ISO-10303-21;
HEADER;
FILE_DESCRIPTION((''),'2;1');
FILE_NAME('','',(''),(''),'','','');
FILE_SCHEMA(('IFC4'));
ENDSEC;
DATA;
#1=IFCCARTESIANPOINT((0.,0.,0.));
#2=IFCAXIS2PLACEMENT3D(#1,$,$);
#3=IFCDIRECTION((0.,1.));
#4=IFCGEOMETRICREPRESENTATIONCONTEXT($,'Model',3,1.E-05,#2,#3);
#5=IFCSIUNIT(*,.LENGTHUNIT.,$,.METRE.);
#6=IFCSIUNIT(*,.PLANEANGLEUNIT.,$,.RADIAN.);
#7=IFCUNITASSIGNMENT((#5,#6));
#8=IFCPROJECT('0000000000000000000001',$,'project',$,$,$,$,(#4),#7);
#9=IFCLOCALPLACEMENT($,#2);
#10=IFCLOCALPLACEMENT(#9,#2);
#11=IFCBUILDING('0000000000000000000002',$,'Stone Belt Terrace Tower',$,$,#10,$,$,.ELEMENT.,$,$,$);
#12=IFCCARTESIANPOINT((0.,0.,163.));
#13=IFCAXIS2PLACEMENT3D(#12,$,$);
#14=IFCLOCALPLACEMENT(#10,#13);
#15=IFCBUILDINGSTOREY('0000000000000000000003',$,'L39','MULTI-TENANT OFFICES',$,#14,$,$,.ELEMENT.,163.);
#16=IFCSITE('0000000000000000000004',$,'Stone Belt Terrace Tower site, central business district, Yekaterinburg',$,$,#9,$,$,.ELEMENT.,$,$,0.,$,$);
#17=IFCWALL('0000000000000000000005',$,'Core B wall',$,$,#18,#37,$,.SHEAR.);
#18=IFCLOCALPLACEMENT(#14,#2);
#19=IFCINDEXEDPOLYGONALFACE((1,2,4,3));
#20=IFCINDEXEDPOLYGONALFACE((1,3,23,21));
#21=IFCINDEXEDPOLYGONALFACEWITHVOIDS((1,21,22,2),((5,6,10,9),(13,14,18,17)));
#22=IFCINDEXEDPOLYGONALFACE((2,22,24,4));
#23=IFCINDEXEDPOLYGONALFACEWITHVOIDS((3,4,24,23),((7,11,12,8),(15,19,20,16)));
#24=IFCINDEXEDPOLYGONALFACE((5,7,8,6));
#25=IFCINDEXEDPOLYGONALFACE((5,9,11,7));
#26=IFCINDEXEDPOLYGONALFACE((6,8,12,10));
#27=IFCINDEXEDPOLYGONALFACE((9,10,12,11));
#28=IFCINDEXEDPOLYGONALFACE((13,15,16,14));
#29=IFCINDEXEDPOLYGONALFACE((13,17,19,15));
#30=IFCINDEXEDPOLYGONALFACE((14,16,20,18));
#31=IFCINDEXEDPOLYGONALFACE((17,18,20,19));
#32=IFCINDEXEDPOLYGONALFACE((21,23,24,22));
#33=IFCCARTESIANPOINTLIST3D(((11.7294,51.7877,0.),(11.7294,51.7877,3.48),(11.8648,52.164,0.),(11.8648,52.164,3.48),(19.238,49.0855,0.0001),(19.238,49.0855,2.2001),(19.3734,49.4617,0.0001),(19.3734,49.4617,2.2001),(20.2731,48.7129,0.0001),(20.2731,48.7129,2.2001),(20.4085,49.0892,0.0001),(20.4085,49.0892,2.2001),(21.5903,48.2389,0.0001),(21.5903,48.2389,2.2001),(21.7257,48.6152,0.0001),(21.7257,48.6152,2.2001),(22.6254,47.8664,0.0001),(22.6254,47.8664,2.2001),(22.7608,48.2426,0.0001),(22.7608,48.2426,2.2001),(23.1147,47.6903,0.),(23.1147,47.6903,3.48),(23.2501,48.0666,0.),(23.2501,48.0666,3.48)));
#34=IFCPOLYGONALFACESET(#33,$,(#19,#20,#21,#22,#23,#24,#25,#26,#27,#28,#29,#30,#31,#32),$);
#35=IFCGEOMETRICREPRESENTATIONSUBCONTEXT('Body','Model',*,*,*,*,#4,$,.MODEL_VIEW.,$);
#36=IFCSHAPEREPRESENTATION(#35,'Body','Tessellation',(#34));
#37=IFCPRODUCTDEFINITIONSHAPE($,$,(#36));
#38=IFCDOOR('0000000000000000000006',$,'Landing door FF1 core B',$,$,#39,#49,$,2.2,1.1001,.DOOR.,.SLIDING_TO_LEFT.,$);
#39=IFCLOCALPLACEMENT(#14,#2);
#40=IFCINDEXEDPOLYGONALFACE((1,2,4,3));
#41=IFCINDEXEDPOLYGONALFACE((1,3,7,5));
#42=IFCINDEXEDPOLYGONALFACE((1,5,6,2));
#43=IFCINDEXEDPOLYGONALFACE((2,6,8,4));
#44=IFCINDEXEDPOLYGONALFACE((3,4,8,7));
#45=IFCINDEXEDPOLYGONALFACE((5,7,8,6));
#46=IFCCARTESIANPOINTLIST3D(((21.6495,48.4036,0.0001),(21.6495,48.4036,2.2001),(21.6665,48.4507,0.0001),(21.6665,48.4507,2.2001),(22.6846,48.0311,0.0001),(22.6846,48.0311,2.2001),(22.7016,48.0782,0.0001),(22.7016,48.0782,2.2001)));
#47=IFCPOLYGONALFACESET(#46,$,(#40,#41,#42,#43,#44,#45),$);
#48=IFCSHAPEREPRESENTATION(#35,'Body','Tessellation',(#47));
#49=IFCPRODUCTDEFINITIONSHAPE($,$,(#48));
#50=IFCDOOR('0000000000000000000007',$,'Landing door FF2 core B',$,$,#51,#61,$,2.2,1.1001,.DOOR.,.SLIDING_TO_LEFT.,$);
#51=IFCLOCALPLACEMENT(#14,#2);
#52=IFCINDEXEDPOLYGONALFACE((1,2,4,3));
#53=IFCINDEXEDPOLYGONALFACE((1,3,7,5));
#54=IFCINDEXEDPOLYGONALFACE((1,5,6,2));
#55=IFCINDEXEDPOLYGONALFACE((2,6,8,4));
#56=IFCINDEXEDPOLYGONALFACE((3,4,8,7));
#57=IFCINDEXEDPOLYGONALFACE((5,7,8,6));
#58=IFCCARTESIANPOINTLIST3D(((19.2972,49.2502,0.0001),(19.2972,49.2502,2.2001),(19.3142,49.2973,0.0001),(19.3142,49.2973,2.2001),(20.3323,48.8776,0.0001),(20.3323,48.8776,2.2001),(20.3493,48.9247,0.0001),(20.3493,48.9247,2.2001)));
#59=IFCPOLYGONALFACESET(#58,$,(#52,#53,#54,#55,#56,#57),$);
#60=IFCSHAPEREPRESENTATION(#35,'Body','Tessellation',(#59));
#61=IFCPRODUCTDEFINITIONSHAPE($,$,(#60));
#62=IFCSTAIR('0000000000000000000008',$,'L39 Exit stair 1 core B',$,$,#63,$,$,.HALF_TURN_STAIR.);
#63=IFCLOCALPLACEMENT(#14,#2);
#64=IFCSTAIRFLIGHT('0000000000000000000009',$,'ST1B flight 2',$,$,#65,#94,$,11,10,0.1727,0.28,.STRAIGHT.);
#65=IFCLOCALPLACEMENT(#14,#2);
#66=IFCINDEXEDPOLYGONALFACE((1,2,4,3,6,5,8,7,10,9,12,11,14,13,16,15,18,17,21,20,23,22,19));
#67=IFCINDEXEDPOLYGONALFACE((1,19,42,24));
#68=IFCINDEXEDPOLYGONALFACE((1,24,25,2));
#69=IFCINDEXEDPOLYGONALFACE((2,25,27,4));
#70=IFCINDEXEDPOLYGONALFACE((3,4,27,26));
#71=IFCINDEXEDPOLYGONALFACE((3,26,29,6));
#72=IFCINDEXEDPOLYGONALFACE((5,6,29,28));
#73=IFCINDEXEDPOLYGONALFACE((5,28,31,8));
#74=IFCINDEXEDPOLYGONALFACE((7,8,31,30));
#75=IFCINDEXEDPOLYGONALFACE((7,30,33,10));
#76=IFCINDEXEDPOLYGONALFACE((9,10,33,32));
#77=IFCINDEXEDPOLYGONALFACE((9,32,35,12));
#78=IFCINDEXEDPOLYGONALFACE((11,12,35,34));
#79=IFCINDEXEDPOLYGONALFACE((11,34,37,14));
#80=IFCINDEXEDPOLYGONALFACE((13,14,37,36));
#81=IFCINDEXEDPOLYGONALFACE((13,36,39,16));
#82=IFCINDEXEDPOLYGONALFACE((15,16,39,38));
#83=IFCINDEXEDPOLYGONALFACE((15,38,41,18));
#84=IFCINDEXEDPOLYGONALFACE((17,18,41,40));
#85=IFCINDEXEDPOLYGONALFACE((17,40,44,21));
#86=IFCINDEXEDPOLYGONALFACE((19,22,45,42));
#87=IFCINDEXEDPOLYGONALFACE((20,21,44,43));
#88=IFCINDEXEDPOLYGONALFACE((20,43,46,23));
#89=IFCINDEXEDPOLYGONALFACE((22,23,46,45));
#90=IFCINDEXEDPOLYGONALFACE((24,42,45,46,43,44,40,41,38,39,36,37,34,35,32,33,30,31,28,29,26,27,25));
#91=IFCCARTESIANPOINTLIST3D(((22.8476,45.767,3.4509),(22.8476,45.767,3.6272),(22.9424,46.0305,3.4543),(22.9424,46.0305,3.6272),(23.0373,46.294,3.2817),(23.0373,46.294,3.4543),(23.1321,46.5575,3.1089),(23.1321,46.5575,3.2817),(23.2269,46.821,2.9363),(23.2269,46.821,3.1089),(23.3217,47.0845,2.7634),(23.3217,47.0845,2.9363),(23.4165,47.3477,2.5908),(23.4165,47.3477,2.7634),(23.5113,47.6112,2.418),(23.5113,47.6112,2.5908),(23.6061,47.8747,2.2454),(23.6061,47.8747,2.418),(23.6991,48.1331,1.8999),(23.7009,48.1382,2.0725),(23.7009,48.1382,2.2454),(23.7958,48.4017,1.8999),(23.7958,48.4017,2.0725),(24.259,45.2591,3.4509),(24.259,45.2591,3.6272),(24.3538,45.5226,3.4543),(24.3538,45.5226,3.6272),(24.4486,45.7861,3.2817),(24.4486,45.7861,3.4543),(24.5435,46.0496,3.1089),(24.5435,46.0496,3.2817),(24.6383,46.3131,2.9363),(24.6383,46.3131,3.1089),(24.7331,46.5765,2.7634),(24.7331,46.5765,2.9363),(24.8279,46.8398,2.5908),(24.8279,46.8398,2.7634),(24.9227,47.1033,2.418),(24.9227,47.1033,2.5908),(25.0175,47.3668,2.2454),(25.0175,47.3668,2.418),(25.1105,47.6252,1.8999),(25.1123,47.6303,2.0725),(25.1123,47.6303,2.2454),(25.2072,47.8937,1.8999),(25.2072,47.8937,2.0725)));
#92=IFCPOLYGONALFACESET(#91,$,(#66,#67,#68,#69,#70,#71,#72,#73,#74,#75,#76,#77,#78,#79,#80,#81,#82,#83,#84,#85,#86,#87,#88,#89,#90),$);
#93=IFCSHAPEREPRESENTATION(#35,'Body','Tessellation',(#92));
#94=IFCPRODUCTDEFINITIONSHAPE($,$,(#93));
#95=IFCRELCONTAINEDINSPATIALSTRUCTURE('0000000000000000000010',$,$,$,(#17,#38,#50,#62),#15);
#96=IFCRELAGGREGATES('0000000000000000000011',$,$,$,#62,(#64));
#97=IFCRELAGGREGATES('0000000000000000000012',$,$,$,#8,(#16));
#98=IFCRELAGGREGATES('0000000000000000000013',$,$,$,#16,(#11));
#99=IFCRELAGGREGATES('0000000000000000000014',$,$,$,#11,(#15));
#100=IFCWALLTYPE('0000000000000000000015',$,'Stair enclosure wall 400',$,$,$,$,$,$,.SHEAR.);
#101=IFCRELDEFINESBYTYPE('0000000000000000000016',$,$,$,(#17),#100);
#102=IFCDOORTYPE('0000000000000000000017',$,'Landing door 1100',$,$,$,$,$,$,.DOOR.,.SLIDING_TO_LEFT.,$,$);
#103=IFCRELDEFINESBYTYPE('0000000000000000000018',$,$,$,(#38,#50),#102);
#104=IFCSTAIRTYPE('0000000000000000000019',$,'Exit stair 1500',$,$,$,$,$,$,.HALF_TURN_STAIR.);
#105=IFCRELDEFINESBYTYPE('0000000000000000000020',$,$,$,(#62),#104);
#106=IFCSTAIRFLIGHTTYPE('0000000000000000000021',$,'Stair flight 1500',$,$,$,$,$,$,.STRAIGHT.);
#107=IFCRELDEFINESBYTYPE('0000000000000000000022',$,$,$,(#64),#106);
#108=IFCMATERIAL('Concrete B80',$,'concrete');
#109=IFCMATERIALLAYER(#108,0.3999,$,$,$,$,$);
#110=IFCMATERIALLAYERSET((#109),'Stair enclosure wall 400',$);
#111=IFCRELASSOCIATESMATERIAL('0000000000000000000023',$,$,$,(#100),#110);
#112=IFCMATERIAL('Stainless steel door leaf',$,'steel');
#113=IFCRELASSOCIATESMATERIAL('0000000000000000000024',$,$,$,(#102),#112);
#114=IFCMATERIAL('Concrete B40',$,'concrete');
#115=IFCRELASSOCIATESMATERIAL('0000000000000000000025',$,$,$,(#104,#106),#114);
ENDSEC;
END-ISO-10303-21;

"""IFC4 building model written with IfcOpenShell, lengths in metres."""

from ifc_helpers import new_model, si_unit, direction, frame, frame_2d, origin, place, context, subcontext, project, spatial, polyline, rectangle, outline, extrude, material, layer, layer_set, type_object, element, fill, aggregate, save


model = new_model("IFC4")

# Units and contexts
model_context = context("Model", 3, precision=1e-05, world=origin(), true_north=direction((0.0, 1.0)))
body_context = subcontext(model_context, "Body", "Model", "MODEL_VIEW")
ifc_project = project(units=[si_unit("LENGTHUNIT", "METRE"), si_unit("PLANEANGLEUNIT", "RADIAN")], contexts=[model_context])

# Site, building, storey
site_placement = place(None, origin())
site = spatial("IfcSite", under=ifc_project, at=site_placement, Name="Stone Belt Terrace Tower site, central business district, Yekaterinburg", CompositionType="ELEMENT", RefElevation=0.0)
building_placement = place(site_placement, origin())
building = spatial("IfcBuilding", under=site, at=building_placement, Name="Stone Belt Terrace Tower", CompositionType="ELEMENT")
storey_placement = place(building_placement, frame((0.0, 0.0, 163.0)))
storey = spatial("IfcBuildingStorey", under=building, at=storey_placement, Name="L39", Description="MULTI-TENANT OFFICES", CompositionType="ELEMENT", Elevation=163.0)

# Shared definitions
ifc_material_1 = material(Name="Concrete B80", Category="concrete")

# Shared definitions
ifc_layer_1 = layer(ifc_material_1, 0.3999)
ifc_layer_set_1 = layer_set([ifc_layer_1], Name="Stair enclosure wall 400")
wall_type_1 = type_object("IfcWallType", Name="Stair enclosure wall 400", PredefinedType="SHEAR", material=ifc_layer_set_1)

# Wall, openings, doors
wall_1_placement = place(storey_placement, frame((23.1824, 47.8784, 0.0), z_axis=(0.0, 0.0, 1.0), x_axis=(-0.940921, 0.338626, 0.0)))
wall_1 = element("IfcWall", 1, at=wall_1_placement, inside=storey, type_object=wall_type_1, Name="Core B wall", PredefinedType="SHEAR", context=body_context, shape_type="SweptSolid", body=[
    extrude(rectangle(XDim=12.1001, YDim=0.3999, at=frame_2d((6.05, 0.0))), origin(), (0.0, 0.0, 1.0), 3.48),
])
opening_1_placement = place(wall_1_placement, frame((0.52, 0.0, 0.0)))
opening_1 = element("IfcOpeningElement", 2, at=opening_1_placement, cuts=wall_1, PredefinedType="OPENING", context=body_context, shape_type="SweptSolid", body=[
    extrude(rectangle(XDim=1.1001, YDim=2.2, at=frame_2d((0.55, 1.1001))), frame((0.0, 0.21, 0.0), z_axis=(0.0, -1.0, 0.0), x_axis=(1.0, 0.0, 0.0)), (0.0, 0.0, 1.0), 0.4199),
])
opening_2_placement = place(wall_1_placement, frame((3.02, 0.0, 0.0)))
opening_2 = element("IfcOpeningElement", 3, at=opening_2_placement, cuts=wall_1, PredefinedType="OPENING", context=body_context, shape_type="SweptSolid", body=[
    extrude(rectangle(XDim=1.1001, YDim=2.2, at=frame_2d((0.55, 1.1001))), frame((0.0, 0.21, 0.0), z_axis=(0.0, -1.0, 0.0), x_axis=(1.0, 0.0, 0.0)), (0.0, 0.0, 1.0), 0.4199),
])
ifc_material_2 = material(Name="Stainless steel door leaf", Category="steel")
door_type_1 = type_object("IfcDoorType", Name="Landing door 1100", OperationType="SLIDING_TO_LEFT", PredefinedType="DOOR", material=ifc_material_2)
door_1_placement = place(opening_1_placement, origin())
door_1 = element("IfcDoor", 4, at=door_1_placement, inside=storey, type_object=door_type_1, Name="Landing door FF1 core B", OperationType="SLIDING_TO_LEFT", OverallHeight=2.2, OverallWidth=1.1001, PredefinedType="DOOR", context=body_context, shape_type="SweptSolid", body=[
    extrude(rectangle(XDim=1.1001, YDim=2.2, at=frame_2d((0.55, 1.1001))), frame((0.0, 0.0249, 0.0), z_axis=(0.0, -1.0, 0.0), x_axis=(1.0, 0.0, 0.0)), (0.0, 0.0, 1.0), 0.05),
])
fill(opening_1, door_1)
door_2_placement = place(opening_2_placement, origin())
door_2 = element("IfcDoor", 5, at=door_2_placement, inside=storey, type_object=door_type_1, Name="Landing door FF2 core B", OperationType="SLIDING_TO_LEFT", OverallHeight=2.2, OverallWidth=1.1001, PredefinedType="DOOR", context=body_context, shape_type="SweptSolid", body=[
    extrude(rectangle(XDim=1.1001, YDim=2.2, at=frame_2d((0.55, 1.1001))), frame((0.0, 0.0249, 0.0), z_axis=(0.0, -1.0, 0.0), x_axis=(1.0, 0.0, 0.0)), (0.0, 0.0, 1.0), 0.05),
])
fill(opening_2, door_2)

# Stair, stair flight
ifc_material_3 = material(Name="Concrete B40", Category="concrete")
stair_type = type_object("IfcStairType", Name="Exit stair 1500", PredefinedType="HALF_TURN_STAIR", material=ifc_material_3)
stair_placement = place(storey_placement, origin())
stair = element("IfcStair", 6, at=stair_placement, inside=storey, type_object=stair_type, Name="L39 Exit stair 1 core B", PredefinedType="HALF_TURN_STAIR")
stair_flight_type = type_object("IfcStairFlightType", Name="Stair flight 1500", PredefinedType="STRAIGHT", material=ifc_material_3)
stair_flight_placement = place(storey_placement, frame((24.5015, 48.1477, 1.8999), z_axis=(0.0, 0.0, 1.0), x_axis=(-0.338624, -0.940922, 0.0)))
stair_flight = element("IfcStairFlight", 7, at=stair_flight_placement, type_object=stair_flight_type, Name="ST1B flight 2", NumberOfRisers=11, NumberOfTreads=10, PredefinedType="STRAIGHT", RiserHeight=0.1727, TreadLength=0.28, context=body_context, shape_type="SweptSolid", body=[
    extrude(outline(polyline([(0.0, 0.0), (0.0, 0.1726), (0.28, 0.1726), (0.28, 0.3455), (0.5601, 0.3455), (0.5601, 0.5181), (0.8401, 0.5181), (0.8401, 0.6909), (1.1201, 0.6909), (1.1201, 0.8635), (1.3999, 0.8635), (1.3999, 1.0364), (1.6799, 1.0364), (1.6799, 1.209), (1.96, 1.209), (1.96, 1.3818), (2.24, 1.3818), (2.24, 1.5544), (2.52, 1.5544), (2.52, 1.7273), (2.8, 1.7273), (2.8, 1.8999), (2.8, 1.551), (0.2854, 0.0), (0.0, 0.0)])), frame((0.0, 0.75, 0.0), z_axis=(0.0, -1.0, 0.0), x_axis=(1.0, 0.0, 0.0)), (0.0, 0.0, 1.0), 1.5),
])
aggregate(stair, [stair_flight])

save(model, "model.ifc")
